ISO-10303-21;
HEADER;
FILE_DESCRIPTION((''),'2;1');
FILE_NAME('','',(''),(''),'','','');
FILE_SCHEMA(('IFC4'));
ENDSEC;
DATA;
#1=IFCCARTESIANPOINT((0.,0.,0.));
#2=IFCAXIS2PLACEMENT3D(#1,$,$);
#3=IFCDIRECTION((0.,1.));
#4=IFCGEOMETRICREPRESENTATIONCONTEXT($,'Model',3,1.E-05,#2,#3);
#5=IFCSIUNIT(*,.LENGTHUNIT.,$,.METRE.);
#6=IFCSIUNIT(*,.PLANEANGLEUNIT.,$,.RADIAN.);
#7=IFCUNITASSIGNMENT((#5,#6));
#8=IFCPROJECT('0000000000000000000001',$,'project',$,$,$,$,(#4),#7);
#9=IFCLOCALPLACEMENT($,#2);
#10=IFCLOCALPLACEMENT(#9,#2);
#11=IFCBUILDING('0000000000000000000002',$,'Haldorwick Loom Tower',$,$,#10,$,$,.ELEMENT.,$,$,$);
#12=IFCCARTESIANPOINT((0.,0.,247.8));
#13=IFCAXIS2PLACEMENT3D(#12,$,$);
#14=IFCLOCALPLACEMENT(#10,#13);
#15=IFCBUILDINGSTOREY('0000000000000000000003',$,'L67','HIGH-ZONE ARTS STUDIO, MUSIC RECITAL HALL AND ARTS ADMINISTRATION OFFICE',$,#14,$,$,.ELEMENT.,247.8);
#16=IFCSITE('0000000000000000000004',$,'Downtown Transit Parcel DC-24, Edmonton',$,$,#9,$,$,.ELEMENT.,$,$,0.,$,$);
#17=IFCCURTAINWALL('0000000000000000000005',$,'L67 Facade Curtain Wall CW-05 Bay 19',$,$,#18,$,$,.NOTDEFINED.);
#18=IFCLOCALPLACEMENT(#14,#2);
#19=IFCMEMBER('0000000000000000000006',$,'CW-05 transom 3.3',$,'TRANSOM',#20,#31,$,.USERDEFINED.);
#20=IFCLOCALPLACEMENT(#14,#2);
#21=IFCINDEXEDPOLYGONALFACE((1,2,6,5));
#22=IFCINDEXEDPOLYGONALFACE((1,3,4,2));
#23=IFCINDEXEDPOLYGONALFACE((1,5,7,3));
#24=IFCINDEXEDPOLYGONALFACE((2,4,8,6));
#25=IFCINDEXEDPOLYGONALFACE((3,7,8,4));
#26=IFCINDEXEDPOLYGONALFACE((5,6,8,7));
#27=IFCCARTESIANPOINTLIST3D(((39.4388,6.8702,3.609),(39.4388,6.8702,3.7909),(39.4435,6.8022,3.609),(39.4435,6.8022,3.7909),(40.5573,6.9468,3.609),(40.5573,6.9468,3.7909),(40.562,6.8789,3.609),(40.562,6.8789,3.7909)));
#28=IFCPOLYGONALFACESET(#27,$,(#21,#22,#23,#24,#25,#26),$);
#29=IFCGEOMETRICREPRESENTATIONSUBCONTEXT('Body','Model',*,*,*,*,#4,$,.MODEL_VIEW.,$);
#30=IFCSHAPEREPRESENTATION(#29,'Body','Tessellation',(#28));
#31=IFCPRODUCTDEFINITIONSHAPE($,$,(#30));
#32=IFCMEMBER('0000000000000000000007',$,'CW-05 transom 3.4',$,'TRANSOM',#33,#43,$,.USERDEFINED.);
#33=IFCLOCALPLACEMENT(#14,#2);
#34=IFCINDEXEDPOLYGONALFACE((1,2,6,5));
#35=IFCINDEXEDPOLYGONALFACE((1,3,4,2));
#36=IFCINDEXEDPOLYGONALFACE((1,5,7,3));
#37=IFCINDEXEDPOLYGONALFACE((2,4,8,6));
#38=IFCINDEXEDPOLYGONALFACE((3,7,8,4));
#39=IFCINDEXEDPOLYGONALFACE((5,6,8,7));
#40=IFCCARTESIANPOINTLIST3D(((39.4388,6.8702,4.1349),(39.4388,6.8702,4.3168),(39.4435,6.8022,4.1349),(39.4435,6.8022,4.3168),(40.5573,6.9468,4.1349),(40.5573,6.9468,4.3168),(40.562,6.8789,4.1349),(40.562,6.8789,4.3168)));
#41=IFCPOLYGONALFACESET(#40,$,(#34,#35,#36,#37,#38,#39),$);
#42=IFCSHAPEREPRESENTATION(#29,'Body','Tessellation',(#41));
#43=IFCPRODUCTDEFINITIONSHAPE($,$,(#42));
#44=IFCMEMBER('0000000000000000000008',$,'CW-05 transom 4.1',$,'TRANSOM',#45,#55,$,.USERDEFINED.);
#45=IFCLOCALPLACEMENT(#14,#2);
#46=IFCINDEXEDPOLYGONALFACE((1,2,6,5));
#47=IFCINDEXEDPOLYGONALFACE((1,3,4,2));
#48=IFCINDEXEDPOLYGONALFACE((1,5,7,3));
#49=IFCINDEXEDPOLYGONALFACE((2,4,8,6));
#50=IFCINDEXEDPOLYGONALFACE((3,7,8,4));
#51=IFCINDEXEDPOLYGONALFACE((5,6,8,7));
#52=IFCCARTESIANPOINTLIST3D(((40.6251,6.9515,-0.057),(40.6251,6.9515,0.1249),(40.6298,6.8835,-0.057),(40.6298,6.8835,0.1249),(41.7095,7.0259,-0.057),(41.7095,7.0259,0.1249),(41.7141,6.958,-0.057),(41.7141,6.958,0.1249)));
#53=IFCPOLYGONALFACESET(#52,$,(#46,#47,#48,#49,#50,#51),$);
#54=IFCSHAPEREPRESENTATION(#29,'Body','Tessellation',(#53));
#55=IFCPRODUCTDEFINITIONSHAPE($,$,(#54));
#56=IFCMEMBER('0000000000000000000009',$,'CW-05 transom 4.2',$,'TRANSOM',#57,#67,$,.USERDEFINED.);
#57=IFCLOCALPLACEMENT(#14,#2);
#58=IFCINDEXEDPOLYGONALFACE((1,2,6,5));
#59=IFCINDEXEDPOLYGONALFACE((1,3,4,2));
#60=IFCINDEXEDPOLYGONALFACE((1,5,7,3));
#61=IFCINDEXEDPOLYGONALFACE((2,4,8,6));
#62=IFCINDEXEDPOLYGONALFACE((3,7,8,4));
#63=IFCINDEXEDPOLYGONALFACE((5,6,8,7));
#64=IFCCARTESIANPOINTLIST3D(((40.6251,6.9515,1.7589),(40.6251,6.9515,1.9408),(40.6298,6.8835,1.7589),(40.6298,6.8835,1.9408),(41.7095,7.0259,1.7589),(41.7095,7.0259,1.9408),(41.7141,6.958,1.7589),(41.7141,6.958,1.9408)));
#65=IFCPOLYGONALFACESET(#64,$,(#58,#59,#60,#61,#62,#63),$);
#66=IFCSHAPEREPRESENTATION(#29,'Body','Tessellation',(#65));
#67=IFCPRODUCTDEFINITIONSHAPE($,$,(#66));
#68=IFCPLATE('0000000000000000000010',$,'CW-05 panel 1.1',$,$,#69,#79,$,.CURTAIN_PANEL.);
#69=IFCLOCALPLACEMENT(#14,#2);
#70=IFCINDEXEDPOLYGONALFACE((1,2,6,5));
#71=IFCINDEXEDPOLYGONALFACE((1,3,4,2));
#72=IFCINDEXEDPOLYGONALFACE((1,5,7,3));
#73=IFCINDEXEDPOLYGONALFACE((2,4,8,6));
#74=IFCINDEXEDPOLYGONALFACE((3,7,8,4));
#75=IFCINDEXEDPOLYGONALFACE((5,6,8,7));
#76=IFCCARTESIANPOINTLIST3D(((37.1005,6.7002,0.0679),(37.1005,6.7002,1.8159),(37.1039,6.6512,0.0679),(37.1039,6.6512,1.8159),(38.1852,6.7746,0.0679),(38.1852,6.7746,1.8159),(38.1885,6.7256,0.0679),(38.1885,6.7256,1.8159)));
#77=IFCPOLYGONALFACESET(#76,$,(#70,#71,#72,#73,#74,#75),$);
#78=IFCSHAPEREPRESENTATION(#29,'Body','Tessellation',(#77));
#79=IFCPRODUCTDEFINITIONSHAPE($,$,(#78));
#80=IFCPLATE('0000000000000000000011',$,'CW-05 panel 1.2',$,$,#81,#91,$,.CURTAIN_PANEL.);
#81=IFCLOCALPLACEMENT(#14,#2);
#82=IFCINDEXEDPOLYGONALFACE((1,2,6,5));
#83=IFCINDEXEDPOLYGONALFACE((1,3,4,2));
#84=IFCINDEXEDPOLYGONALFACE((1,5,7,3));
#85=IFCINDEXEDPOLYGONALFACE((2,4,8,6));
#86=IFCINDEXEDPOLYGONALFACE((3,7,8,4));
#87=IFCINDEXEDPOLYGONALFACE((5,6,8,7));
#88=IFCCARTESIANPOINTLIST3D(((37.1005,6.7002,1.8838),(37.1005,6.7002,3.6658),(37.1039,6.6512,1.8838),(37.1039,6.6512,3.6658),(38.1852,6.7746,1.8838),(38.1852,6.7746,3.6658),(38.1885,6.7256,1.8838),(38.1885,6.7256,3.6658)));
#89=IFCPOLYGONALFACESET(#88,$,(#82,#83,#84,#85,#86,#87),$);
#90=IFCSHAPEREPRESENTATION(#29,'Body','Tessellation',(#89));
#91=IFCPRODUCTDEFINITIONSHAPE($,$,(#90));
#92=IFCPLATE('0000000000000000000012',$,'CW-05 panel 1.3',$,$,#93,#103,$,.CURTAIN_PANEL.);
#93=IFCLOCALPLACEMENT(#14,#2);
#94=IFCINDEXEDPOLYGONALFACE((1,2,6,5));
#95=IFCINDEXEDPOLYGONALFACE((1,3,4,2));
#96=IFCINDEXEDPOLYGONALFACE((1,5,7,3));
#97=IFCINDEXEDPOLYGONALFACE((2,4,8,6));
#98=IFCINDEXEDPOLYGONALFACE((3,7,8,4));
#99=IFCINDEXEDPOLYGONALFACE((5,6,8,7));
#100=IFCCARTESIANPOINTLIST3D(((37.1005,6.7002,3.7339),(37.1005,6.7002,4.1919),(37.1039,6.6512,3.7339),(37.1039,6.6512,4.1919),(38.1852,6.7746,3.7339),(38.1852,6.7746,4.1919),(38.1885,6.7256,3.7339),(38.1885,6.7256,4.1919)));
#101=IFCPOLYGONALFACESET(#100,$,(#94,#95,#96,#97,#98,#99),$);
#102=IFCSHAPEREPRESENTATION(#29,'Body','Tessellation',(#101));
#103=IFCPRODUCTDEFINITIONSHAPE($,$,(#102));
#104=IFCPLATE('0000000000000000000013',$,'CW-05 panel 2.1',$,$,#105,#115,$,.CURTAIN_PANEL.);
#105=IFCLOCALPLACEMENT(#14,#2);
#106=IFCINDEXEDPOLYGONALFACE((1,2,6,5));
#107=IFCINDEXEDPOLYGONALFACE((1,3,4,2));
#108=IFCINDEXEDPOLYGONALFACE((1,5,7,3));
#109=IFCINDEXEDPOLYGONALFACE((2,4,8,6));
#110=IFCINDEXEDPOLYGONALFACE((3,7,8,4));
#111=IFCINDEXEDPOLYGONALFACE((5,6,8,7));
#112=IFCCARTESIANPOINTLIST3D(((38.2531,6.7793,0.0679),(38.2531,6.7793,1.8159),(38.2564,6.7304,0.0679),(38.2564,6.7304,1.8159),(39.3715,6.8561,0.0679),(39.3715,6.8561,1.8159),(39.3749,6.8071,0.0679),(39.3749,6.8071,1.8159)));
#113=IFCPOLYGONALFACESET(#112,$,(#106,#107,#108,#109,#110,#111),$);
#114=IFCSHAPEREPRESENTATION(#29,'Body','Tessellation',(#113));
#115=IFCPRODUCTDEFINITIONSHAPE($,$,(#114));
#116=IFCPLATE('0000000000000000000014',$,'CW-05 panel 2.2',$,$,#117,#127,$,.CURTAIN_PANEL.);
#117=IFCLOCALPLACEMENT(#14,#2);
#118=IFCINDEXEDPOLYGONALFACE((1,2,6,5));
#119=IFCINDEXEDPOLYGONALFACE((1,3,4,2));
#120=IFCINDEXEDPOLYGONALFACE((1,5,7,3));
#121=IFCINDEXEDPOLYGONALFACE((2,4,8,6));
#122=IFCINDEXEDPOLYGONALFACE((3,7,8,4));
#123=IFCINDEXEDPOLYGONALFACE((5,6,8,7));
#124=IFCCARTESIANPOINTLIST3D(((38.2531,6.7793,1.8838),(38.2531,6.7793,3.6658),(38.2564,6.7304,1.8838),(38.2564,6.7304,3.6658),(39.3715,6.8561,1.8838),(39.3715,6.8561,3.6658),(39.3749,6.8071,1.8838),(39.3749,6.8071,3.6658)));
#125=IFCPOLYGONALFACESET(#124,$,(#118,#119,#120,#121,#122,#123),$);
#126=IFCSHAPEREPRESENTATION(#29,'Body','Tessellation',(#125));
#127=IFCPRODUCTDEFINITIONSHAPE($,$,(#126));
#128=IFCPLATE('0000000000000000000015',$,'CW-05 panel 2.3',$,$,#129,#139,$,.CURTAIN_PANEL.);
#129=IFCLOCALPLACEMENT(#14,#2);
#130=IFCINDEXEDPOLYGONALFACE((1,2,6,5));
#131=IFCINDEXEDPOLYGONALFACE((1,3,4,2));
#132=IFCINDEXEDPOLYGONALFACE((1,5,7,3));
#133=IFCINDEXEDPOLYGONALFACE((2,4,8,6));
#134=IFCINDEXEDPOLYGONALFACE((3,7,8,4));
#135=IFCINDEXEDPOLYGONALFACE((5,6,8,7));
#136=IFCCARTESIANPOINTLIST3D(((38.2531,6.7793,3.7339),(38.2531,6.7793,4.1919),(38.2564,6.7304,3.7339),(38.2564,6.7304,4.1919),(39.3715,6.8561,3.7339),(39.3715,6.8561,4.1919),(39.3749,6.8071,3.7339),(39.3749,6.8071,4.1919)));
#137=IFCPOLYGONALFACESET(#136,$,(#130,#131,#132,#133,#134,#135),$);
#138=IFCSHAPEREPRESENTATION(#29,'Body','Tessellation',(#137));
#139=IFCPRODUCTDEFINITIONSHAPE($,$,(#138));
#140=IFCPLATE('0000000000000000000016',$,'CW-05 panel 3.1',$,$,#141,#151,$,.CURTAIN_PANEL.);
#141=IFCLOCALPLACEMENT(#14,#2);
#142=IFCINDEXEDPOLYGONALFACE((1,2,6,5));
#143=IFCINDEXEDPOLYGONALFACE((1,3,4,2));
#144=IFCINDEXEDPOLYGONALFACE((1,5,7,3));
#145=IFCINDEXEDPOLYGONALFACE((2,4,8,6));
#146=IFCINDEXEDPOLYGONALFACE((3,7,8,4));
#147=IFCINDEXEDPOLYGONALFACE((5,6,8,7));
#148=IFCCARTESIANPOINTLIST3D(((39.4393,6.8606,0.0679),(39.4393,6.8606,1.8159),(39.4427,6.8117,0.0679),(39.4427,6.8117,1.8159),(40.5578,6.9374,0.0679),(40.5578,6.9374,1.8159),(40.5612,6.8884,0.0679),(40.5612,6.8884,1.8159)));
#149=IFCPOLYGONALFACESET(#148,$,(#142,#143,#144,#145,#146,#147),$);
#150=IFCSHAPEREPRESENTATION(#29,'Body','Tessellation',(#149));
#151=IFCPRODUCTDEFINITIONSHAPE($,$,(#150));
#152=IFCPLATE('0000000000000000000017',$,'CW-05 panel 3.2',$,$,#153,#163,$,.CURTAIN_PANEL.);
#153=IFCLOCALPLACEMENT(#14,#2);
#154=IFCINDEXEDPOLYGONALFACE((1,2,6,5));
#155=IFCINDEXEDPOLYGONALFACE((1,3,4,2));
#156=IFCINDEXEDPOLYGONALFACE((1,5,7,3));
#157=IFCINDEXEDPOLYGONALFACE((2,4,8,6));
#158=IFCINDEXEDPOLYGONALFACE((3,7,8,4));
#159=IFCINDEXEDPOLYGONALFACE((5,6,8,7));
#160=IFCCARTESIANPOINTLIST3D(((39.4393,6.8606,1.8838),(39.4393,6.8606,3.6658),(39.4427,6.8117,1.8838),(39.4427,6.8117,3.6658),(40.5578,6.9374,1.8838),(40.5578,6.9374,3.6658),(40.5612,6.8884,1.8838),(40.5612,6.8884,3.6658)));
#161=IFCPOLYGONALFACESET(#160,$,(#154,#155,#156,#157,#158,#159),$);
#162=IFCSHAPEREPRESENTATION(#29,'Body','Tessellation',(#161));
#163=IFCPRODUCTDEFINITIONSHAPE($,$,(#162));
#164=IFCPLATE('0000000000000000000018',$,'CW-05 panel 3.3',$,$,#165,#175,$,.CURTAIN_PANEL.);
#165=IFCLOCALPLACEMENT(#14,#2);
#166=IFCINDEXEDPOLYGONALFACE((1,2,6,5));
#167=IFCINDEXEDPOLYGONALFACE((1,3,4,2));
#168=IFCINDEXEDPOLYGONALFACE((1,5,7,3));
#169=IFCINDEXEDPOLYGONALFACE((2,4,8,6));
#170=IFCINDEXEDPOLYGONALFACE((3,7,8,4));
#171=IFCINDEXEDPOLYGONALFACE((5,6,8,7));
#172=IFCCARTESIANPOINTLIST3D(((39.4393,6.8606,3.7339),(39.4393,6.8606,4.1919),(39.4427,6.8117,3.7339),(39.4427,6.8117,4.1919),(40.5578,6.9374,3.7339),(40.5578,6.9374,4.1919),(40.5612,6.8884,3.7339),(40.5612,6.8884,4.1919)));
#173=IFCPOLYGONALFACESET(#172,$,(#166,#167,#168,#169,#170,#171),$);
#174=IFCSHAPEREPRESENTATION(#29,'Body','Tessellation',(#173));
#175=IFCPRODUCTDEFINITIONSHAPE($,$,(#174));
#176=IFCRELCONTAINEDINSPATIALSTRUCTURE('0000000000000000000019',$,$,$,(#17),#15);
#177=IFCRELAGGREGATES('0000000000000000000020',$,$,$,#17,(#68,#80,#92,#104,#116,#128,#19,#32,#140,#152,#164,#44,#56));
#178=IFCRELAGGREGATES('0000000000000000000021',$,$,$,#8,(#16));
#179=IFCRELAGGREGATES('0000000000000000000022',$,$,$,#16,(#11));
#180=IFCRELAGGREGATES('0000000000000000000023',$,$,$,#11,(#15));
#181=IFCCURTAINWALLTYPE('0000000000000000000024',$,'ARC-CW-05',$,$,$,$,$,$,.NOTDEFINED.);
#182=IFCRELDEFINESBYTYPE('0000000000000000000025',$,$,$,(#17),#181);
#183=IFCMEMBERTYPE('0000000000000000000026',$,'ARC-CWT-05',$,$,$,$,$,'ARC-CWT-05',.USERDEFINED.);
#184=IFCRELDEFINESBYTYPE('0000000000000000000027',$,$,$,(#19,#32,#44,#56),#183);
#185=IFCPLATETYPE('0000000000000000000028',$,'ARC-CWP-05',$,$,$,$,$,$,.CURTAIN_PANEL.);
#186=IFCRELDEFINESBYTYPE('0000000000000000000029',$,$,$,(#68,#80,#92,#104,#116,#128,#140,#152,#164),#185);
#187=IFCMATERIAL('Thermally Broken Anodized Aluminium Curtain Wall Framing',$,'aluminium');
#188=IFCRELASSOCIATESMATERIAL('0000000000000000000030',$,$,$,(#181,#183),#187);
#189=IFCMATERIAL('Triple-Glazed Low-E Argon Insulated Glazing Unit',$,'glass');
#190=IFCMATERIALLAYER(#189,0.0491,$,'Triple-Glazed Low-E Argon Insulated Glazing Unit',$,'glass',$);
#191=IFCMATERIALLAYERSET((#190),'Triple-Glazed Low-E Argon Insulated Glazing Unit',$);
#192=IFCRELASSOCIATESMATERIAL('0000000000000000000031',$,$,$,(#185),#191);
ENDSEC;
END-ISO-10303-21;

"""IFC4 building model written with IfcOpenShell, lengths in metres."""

from ifc_helpers import new_model, si_unit, direction, frame, origin, origin_2d, place, context, subcontext, project, spatial, rectangle, extrude, material, layer, layer_set, material_profile, profile_set, type_object, element, aggregate, save


model = new_model("IFC4")

# Units and contexts
model_context = context("Model", 3, precision=1e-05, world=origin(), true_north=direction((0.0, 1.0)))
body_context = subcontext(model_context, "Body", "Model", "MODEL_VIEW")
ifc_project = project(units=[si_unit("LENGTHUNIT", "METRE"), si_unit("PLANEANGLEUNIT", "RADIAN")], contexts=[model_context])

# Site, building, storey
site_placement = place(None, origin())
site = spatial("IfcSite", under=ifc_project, at=site_placement, Name="Downtown Transit Parcel DC-24, Edmonton", CompositionType="ELEMENT", RefElevation=0.0)
building_placement = place(site_placement, origin())
building = spatial("IfcBuilding", under=site, at=building_placement, Name="Haldorwick Loom Tower", CompositionType="ELEMENT")
storey_placement = place(building_placement, frame((0.0, 0.0, 247.8)))
storey = spatial("IfcBuildingStorey", under=building, at=storey_placement, Name="L67", Description="HIGH-ZONE ARTS STUDIO, MUSIC RECITAL HALL AND ARTS ADMINISTRATION OFFICE", CompositionType="ELEMENT", Elevation=247.8)

# Curtain wall, members, plates
ifc_material_1 = material(Name="Thermally Broken Anodized Aluminium Curtain Wall Framing", Category="aluminium")
curtain_wall_type = type_object("IfcCurtainWallType", Name="ARC-CW-05", PredefinedType="NOTDEFINED", material=ifc_material_1)
curtain_wall_placement = place(storey_placement, origin())
curtain_wall = element("IfcCurtainWall", 1, at=curtain_wall_placement, inside=storey, type_object=curtain_wall_type, Name="L67 Facade Curtain Wall CW-05 Bay 19", PredefinedType="NOTDEFINED")
ifc_material_profile_1 = material_profile(ifc_material_1, rectangle(XDim=0.0681, YDim=0.1819, at=origin_2d()), Name="ALU_TRN_68X182", Category="aluminium")
ifc_profile_set_1 = profile_set([ifc_material_profile_1], Name="Thermally Broken Anodized Aluminium Curtain Wall Framing")
member_type_1 = type_object("IfcMemberType", Name="ARC-CWT-05", ElementType="ARC-CWT-05", PredefinedType="USERDEFINED", material=ifc_profile_set_1)
member_1_placement = place(storey_placement, frame((39.4412, 6.8362, 3.7), z_axis=(0.997659, 0.068384, 0.0), x_axis=(-0.068384, 0.997659, 0.0)))
member_1 = element("IfcMember", 2, at=member_1_placement, type_object=member_type_1, Name="CW-05 transom 3.3", ObjectType="TRANSOM", PredefinedType="USERDEFINED", context=body_context, shape_type="SweptSolid", body=[
    extrude(rectangle(XDim=0.0681, YDim=0.1819, at=origin_2d()), origin(), (0.0, 0.0, 1.0), 1.1211),
])
member_2_placement = place(storey_placement, frame((39.4412, 6.8362, 4.2258), z_axis=(0.997659, 0.068384, 0.0), x_axis=(-0.068384, 0.997659, 0.0)))
member_2 = element("IfcMember", 3, at=member_2_placement, type_object=member_type_1, Name="CW-05 transom 3.4", ObjectType="TRANSOM", PredefinedType="USERDEFINED", context=body_context, shape_type="SweptSolid", body=[
    extrude(rectangle(XDim=0.0681, YDim=0.1819, at=origin_2d()), origin(), (0.0, 0.0, 1.0), 1.1211),
])
member_3_placement = place(storey_placement, frame((40.6274, 6.9175, 0.0339), z_axis=(0.997651, 0.068501, 0.0), x_axis=(-0.068501, 0.997651, 0.0)))
member_3 = element("IfcMember", 4, at=member_3_placement, type_object=member_type_1, Name="CW-05 transom 4.1", ObjectType="TRANSOM", PredefinedType="USERDEFINED", context=body_context, shape_type="SweptSolid", body=[
    extrude(rectangle(XDim=0.0681, YDim=0.1819, at=origin_2d()), origin(), (0.0, 0.0, 1.0), 1.0869),
])
member_4_placement = place(storey_placement, frame((40.6274, 6.9175, 1.8499), z_axis=(0.997651, 0.068501, 0.0), x_axis=(-0.068501, 0.997651, 0.0)))
member_4 = element("IfcMember", 5, at=member_4_placement, type_object=member_type_1, Name="CW-05 transom 4.2", ObjectType="TRANSOM", PredefinedType="USERDEFINED", context=body_context, shape_type="SweptSolid", body=[
    extrude(rectangle(XDim=0.0681, YDim=0.1819, at=origin_2d()), origin(), (0.0, 0.0, 1.0), 1.0869),
])
ifc_material_2 = material(Name="Triple-Glazed Low-E Argon Insulated Glazing Unit", Category="glass")
ifc_layer = layer(ifc_material_2, 0.0491, Name="Triple-Glazed Low-E Argon Insulated Glazing Unit", Category="glass")
ifc_layer_set = layer_set([ifc_layer], Name="Triple-Glazed Low-E Argon Insulated Glazing Unit")
plate_type = type_object("IfcPlateType", Name="ARC-CWP-05", PredefinedType="CURTAIN_PANEL", material=ifc_layer_set)
plate_1_placement = place(storey_placement, frame((37.6445, 6.7129, 0.0679), z_axis=(0.0, 0.0, 1.0), x_axis=(0.997654, 0.068454, 0.0)))
plate_1 = element("IfcPlate", 6, at=plate_1_placement, type_object=plate_type, Name="CW-05 panel 1.1", PredefinedType="CURTAIN_PANEL", context=body_context, shape_type="SweptSolid", body=[
    extrude(rectangle(XDim=1.0872, YDim=0.0491, at=origin_2d()), origin(), (0.0, 0.0, 1.0), 1.748),
])
plate_2_placement = place(storey_placement, frame((37.6445, 6.7129, 1.8838), z_axis=(0.0, 0.0, 1.0), x_axis=(0.997654, 0.068454, 0.0)))
plate_2 = element("IfcPlate", 7, at=plate_2_placement, type_object=plate_type, Name="CW-05 panel 1.2", PredefinedType="CURTAIN_PANEL", context=body_context, shape_type="SweptSolid", body=[
    extrude(rectangle(XDim=1.0872, YDim=0.0491, at=origin_2d()), origin(), (0.0, 0.0, 1.0), 1.782),
])
plate_3_placement = place(storey_placement, frame((37.6445, 6.7129, 3.7339), z_axis=(0.0, 0.0, 1.0), x_axis=(0.997654, 0.068454, 0.0)))
plate_3 = element("IfcPlate", 8, at=plate_3_placement, type_object=plate_type, Name="CW-05 panel 1.3", PredefinedType="CURTAIN_PANEL", context=body_context, shape_type="SweptSolid", body=[
    extrude(rectangle(XDim=1.0872, YDim=0.0491, at=origin_2d()), origin(), (0.0, 0.0, 1.0), 0.458),
])
plate_4_placement = place(storey_placement, frame((38.814, 6.7932, 0.0679), z_axis=(0.0, 0.0, 1.0), x_axis=(0.997654, 0.068454, 0.0)))
plate_4 = element("IfcPlate", 9, at=plate_4_placement, type_object=plate_type, Name="CW-05 panel 2.1", PredefinedType="CURTAIN_PANEL", context=body_context, shape_type="SweptSolid", body=[
    extrude(rectangle(XDim=1.1211, YDim=0.0491, at=origin_2d()), origin(), (0.0, 0.0, 1.0), 1.748),
])
plate_5_placement = place(storey_placement, frame((38.814, 6.7932, 1.8838), z_axis=(0.0, 0.0, 1.0), x_axis=(0.997654, 0.068454, 0.0)))
plate_5 = element("IfcPlate", 10, at=plate_5_placement, type_object=plate_type, Name="CW-05 panel 2.2", PredefinedType="CURTAIN_PANEL", context=body_context, shape_type="SweptSolid", body=[
    extrude(rectangle(XDim=1.1211, YDim=0.0491, at=origin_2d()), origin(), (0.0, 0.0, 1.0), 1.782),
])
plate_6_placement = place(storey_placement, frame((38.814, 6.7932, 3.7339), z_axis=(0.0, 0.0, 1.0), x_axis=(0.997654, 0.068454, 0.0)))
plate_6 = element("IfcPlate", 11, at=plate_6_placement, type_object=plate_type, Name="CW-05 panel 2.3", PredefinedType="CURTAIN_PANEL", context=body_context, shape_type="SweptSolid", body=[
    extrude(rectangle(XDim=1.1211, YDim=0.0491, at=origin_2d()), origin(), (0.0, 0.0, 1.0), 0.458),
])
plate_7_placement = place(storey_placement, frame((40.0002, 6.8745, 0.0679), z_axis=(0.0, 0.0, 1.0), x_axis=(0.997654, 0.068454, 0.0)))
plate_7 = element("IfcPlate", 12, at=plate_7_placement, type_object=plate_type, Name="CW-05 panel 3.1", PredefinedType="CURTAIN_PANEL", context=body_context, shape_type="SweptSolid", body=[
    extrude(rectangle(XDim=1.1211, YDim=0.0491, at=origin_2d()), origin(), (0.0, 0.0, 1.0), 1.748),
])
plate_8_placement = place(storey_placement, frame((40.0002, 6.8745, 1.8838), z_axis=(0.0, 0.0, 1.0), x_axis=(0.997654, 0.068454, 0.0)))
plate_8 = element("IfcPlate", 13, at=plate_8_placement, type_object=plate_type, Name="CW-05 panel 3.2", PredefinedType="CURTAIN_PANEL", context=body_context, shape_type="SweptSolid", body=[
    extrude(rectangle(XDim=1.1211, YDim=0.0491, at=origin_2d()), origin(), (0.0, 0.0, 1.0), 1.782),
])
plate_9_placement = place(storey_placement, frame((40.0002, 6.8745, 3.7339), z_axis=(0.0, 0.0, 1.0), x_axis=(0.997654, 0.068454, 0.0)))
plate_9 = element("IfcPlate", 14, at=plate_9_placement, type_object=plate_type, Name="CW-05 panel 3.3", PredefinedType="CURTAIN_PANEL", context=body_context, shape_type="SweptSolid", body=[
    extrude(rectangle(XDim=1.1211, YDim=0.0491, at=origin_2d()), origin(), (0.0, 0.0, 1.0), 0.458),
])
aggregate(curtain_wall, [plate_1, plate_2, plate_3, plate_4, plate_5, plate_6, member_1, member_2, plate_7, plate_8, plate_9, member_3, member_4])

save(model, "model.ifc")
